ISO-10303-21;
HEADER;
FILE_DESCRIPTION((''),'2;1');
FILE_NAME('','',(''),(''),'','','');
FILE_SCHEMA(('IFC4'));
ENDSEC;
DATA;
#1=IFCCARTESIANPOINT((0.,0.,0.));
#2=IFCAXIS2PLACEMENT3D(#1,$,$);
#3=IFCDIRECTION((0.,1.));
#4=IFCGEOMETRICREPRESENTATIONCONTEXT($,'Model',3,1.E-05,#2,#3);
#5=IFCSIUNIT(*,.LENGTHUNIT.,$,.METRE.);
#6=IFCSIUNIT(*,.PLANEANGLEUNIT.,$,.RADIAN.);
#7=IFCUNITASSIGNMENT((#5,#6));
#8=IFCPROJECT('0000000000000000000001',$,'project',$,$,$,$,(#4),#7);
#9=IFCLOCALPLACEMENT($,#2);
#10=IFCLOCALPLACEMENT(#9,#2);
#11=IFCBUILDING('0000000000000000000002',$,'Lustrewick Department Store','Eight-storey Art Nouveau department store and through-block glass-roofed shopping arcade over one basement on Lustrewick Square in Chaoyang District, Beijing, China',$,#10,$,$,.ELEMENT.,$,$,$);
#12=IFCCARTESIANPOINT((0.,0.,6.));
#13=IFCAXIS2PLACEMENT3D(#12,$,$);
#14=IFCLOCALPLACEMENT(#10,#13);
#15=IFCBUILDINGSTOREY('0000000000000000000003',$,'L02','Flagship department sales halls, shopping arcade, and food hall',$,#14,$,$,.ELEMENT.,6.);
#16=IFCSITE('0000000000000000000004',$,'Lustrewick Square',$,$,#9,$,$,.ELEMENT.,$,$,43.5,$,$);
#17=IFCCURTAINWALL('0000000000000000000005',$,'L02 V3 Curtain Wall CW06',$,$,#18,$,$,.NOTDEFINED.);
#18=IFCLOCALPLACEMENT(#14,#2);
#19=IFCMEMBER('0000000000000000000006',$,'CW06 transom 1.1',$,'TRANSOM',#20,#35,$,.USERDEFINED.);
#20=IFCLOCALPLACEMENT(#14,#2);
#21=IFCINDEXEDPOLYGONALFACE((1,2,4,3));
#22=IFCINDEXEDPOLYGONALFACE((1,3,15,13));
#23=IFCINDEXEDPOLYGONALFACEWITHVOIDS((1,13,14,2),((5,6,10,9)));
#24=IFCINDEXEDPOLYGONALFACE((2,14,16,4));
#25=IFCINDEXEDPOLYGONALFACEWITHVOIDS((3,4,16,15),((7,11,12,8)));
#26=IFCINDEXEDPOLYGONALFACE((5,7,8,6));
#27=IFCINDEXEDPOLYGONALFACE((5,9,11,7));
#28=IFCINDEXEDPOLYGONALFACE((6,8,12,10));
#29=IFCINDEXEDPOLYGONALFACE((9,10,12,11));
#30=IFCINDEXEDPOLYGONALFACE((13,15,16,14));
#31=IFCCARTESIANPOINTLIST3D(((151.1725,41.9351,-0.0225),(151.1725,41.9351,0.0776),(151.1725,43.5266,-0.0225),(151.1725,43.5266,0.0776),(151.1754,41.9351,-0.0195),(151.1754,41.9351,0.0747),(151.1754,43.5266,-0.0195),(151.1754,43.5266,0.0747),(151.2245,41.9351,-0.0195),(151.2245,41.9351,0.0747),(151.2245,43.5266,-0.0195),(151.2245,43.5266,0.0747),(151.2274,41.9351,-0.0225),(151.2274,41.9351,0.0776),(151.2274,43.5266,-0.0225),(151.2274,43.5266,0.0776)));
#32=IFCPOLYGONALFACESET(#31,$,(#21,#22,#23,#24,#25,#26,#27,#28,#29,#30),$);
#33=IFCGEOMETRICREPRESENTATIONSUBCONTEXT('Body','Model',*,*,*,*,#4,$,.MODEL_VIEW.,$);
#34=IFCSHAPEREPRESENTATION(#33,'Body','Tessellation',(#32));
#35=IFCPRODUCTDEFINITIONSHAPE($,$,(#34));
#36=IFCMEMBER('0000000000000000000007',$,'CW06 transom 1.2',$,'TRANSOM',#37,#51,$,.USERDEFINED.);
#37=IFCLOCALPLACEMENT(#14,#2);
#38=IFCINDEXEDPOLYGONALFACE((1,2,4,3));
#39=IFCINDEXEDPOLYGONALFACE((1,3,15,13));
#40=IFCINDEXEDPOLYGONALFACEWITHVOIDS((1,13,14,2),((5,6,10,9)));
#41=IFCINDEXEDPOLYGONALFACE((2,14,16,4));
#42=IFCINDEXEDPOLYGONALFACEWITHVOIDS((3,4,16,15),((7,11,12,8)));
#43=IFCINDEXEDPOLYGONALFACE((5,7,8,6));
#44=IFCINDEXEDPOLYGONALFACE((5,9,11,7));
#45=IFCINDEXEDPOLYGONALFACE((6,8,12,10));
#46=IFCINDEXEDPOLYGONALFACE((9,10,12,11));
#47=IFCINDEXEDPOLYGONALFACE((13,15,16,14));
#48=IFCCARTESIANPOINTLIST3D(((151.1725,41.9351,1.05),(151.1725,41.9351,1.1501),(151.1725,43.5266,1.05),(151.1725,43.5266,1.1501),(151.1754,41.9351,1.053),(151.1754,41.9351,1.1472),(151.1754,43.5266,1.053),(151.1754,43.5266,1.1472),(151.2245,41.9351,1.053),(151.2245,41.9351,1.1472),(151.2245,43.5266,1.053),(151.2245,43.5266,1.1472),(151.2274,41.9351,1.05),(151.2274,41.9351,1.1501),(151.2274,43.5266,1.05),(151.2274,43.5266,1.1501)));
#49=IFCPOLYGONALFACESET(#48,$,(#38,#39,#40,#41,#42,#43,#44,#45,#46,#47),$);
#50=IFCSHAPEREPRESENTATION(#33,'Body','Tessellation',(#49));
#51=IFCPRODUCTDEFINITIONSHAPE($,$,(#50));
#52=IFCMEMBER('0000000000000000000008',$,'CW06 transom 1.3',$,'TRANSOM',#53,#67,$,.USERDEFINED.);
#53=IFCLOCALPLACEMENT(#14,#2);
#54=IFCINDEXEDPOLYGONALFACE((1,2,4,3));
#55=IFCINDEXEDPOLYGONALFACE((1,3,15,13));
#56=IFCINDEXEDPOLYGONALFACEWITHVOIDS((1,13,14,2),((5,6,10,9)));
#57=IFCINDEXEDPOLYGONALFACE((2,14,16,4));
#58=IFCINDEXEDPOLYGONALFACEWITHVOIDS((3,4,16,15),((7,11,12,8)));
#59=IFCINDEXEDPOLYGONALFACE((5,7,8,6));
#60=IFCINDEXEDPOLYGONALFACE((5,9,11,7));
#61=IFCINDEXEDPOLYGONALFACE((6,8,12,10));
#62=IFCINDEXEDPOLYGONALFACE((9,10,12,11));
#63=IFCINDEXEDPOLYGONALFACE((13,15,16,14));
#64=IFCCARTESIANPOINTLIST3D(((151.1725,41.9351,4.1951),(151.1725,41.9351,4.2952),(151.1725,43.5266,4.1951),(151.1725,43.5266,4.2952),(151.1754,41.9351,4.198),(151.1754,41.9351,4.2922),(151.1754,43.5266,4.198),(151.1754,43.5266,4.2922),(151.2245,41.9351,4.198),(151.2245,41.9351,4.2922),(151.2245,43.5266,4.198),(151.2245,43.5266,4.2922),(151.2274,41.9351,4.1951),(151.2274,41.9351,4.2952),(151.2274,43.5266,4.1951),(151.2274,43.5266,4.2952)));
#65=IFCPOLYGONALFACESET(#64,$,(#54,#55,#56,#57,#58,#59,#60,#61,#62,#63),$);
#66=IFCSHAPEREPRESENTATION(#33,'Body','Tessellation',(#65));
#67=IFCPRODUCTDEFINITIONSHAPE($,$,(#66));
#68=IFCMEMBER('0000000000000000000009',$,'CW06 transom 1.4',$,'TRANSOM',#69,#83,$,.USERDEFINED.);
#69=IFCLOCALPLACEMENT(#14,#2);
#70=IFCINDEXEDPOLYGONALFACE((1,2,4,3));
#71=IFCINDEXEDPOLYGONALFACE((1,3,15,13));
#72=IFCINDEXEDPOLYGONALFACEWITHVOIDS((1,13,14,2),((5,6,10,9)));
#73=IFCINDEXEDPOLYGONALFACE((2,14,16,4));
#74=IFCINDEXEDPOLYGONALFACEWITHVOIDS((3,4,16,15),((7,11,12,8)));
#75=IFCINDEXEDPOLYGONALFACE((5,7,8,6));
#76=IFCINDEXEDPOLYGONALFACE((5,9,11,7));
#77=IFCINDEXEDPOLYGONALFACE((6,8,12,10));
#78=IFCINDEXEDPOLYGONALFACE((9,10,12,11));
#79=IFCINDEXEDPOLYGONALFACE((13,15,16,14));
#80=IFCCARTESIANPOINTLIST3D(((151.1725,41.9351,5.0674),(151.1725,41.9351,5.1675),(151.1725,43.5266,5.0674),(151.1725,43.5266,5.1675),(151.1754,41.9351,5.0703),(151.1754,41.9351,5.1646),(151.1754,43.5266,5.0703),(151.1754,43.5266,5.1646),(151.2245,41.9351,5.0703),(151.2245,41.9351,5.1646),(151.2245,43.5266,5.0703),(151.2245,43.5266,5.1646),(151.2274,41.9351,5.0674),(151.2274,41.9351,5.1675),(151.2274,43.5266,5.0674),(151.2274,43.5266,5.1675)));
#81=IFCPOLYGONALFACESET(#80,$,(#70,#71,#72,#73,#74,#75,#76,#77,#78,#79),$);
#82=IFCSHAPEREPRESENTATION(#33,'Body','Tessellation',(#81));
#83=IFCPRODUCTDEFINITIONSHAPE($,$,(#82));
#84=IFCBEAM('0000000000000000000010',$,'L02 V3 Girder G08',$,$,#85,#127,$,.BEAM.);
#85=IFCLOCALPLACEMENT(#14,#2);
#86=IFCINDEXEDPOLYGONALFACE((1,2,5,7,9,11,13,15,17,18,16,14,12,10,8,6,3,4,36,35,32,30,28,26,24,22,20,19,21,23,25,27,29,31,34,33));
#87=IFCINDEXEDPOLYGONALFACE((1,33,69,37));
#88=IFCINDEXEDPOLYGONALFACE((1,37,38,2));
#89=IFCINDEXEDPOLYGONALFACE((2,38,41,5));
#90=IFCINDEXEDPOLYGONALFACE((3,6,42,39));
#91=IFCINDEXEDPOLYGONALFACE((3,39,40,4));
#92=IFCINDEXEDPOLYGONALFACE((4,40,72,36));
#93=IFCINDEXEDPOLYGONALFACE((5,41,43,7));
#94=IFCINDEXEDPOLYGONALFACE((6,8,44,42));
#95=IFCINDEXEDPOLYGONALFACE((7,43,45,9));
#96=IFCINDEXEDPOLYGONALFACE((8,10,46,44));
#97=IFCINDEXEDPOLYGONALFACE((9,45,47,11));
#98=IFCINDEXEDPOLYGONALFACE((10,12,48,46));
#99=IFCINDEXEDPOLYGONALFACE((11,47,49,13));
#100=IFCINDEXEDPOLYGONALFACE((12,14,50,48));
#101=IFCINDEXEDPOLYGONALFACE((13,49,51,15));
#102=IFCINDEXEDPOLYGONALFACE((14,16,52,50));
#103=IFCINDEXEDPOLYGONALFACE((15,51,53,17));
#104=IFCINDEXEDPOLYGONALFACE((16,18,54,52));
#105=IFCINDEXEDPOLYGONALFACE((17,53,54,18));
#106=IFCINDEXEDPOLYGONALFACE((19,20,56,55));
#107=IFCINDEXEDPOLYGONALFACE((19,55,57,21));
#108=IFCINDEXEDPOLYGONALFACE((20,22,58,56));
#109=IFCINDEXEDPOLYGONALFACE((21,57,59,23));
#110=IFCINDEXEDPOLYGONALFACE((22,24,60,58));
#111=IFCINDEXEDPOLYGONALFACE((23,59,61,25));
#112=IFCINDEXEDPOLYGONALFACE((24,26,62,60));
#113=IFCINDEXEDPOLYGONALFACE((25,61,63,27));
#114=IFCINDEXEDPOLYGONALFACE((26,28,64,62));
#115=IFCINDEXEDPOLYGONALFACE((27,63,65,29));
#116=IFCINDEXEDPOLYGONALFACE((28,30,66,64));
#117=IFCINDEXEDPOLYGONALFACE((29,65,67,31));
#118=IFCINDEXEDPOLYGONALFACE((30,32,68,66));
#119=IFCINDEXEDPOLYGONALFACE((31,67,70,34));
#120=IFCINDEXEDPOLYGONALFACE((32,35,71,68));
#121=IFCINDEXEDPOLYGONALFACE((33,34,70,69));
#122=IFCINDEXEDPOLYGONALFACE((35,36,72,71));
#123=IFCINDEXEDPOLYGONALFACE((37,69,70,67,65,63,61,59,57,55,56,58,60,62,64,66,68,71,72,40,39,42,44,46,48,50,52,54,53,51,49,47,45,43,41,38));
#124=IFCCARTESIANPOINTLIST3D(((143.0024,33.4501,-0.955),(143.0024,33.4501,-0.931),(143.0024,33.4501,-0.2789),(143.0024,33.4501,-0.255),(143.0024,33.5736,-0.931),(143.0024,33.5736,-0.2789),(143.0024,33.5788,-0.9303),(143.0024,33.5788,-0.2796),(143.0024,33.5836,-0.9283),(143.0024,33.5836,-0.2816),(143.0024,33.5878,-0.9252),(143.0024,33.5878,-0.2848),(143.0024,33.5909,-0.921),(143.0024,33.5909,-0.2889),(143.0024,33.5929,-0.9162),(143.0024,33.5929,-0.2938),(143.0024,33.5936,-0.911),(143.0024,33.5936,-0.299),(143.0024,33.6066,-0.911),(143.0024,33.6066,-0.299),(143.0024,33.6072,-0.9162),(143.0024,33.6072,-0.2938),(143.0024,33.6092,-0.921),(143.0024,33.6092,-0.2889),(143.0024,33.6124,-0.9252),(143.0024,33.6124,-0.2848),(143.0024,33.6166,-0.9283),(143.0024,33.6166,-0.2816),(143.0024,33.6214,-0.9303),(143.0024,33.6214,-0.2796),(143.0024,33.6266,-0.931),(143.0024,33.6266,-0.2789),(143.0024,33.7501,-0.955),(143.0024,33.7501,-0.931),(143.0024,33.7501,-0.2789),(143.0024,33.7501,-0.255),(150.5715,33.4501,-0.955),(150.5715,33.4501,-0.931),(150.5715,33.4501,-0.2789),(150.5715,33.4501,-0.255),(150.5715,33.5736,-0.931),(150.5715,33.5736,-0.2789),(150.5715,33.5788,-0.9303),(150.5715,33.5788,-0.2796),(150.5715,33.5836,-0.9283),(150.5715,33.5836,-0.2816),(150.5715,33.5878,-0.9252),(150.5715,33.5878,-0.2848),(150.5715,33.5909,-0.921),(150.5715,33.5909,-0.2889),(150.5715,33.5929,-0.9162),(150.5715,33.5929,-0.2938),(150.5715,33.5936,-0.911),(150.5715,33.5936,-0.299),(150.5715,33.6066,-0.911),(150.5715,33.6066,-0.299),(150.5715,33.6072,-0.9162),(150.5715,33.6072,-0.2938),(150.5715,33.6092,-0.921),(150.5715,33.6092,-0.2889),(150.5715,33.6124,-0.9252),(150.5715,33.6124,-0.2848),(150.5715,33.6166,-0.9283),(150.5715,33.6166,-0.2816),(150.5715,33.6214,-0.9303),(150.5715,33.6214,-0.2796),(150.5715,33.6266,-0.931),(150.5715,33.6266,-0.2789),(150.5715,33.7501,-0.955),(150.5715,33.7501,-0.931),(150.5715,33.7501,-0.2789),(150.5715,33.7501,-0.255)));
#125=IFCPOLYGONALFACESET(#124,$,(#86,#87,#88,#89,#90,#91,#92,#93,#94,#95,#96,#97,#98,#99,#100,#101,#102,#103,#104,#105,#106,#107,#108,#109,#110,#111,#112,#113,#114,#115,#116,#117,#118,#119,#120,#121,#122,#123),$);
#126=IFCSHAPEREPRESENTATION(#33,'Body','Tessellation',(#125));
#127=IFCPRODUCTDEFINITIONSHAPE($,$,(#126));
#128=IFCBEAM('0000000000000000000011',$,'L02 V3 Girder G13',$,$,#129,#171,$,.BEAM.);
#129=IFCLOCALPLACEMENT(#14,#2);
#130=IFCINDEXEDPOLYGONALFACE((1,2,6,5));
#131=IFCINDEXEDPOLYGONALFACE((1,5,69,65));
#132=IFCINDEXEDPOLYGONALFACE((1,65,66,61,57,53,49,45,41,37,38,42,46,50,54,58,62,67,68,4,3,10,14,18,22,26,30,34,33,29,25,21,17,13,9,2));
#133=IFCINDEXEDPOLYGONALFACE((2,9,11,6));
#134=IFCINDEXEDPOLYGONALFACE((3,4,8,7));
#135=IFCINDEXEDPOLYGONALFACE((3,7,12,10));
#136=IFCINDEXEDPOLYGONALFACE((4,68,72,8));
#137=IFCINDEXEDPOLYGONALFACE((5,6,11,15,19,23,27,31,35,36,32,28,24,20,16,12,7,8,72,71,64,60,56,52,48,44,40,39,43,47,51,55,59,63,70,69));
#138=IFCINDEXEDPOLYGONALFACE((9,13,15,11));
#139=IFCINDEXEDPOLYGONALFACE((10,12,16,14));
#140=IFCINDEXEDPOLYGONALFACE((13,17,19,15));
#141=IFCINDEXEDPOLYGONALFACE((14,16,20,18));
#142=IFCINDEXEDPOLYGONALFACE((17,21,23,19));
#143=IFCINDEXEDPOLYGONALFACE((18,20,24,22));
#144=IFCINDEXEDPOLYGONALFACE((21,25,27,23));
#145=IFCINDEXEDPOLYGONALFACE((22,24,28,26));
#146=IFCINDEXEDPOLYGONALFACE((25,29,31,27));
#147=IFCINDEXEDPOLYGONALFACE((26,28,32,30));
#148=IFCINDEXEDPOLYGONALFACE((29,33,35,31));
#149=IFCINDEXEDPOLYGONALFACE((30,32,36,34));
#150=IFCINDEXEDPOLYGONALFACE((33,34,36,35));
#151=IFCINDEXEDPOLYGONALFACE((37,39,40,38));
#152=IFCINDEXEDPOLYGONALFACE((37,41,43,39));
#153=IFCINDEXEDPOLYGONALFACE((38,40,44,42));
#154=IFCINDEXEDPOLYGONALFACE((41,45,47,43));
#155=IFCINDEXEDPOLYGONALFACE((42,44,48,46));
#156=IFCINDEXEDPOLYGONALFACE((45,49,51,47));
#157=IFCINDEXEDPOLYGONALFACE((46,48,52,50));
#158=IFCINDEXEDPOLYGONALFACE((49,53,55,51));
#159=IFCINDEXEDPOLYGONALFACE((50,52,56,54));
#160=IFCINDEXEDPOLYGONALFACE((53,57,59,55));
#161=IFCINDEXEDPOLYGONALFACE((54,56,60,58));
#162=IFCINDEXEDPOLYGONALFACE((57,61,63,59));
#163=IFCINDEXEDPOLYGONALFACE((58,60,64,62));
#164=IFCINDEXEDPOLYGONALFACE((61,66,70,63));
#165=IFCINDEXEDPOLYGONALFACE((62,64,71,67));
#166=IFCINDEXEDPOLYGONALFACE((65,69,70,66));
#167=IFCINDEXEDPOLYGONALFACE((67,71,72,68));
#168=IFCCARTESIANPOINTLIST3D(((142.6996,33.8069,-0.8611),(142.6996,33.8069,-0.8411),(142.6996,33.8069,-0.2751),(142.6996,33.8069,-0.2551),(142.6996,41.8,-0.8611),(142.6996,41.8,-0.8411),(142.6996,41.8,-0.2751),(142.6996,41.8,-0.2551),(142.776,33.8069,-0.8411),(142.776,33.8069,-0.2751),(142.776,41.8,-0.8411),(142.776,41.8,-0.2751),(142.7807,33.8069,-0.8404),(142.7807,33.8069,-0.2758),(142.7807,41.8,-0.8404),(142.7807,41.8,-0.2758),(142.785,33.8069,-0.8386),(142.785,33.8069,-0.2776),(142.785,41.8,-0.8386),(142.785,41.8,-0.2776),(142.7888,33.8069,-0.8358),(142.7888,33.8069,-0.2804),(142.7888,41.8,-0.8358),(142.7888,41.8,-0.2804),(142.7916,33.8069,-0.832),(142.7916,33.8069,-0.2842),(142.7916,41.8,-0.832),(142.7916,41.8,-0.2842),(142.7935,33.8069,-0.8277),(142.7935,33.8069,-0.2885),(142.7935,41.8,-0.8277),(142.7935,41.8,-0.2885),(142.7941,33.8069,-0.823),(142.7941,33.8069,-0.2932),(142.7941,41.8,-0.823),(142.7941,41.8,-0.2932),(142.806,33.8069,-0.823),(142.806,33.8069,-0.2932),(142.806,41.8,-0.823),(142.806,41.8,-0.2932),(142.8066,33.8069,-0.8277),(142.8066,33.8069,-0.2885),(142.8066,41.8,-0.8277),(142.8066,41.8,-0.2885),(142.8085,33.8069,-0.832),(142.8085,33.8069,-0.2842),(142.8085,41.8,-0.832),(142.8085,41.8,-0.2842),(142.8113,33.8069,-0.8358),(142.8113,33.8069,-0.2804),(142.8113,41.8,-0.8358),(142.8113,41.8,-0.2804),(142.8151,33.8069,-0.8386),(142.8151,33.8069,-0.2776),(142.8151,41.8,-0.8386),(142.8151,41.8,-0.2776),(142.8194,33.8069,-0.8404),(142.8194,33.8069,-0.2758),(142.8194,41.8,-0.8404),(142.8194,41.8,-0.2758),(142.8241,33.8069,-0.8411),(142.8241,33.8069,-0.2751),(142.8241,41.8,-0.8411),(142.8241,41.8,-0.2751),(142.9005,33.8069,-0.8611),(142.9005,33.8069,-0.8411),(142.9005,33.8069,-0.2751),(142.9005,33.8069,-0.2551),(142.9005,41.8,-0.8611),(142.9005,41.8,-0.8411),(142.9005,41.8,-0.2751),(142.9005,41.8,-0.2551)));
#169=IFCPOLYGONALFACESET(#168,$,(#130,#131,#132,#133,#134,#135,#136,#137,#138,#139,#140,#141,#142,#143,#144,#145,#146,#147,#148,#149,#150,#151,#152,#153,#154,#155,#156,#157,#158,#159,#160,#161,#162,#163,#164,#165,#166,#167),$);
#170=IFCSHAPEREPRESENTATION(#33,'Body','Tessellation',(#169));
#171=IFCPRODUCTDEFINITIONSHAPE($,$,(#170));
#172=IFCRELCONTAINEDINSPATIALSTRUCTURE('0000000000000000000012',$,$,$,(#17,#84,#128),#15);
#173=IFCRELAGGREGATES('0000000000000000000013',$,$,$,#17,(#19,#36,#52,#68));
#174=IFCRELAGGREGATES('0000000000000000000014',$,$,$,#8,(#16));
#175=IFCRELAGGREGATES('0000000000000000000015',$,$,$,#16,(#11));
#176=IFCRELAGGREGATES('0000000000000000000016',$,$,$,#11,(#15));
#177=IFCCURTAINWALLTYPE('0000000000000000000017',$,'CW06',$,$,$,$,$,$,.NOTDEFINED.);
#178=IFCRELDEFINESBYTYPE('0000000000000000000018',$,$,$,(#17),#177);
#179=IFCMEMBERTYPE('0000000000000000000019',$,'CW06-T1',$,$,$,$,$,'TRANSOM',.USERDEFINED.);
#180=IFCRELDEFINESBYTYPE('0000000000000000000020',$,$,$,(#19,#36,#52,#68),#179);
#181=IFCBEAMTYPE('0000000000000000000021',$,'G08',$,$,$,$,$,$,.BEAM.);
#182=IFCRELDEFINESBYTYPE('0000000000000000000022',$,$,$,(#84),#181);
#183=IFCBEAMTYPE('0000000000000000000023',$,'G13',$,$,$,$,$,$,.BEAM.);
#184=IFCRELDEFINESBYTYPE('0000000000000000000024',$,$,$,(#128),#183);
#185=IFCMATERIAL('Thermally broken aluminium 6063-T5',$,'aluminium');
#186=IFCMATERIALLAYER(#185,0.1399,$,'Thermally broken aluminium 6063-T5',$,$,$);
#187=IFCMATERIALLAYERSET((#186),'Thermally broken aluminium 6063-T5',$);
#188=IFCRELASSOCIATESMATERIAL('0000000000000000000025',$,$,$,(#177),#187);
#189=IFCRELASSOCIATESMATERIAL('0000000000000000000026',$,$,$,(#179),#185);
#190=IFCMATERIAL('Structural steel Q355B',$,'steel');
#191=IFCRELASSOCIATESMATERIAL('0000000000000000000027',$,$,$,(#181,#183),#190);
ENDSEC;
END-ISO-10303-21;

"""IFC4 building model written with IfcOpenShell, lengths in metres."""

from ifc_helpers import new_model, si_unit, direction, frame, origin, origin_2d, place, context, subcontext, project, spatial, hollow_rectangle, i_section, extrude, material, layer, layer_set, material_profile, profile_set, type_object, element, aggregate, save


model = new_model("IFC4")

# Units and contexts
model_context = context("Model", 3, precision=1e-05, world=origin(), true_north=direction((0.0, 1.0)))
body_context = subcontext(model_context, "Body", "Model", "MODEL_VIEW")
ifc_project = project(units=[si_unit("LENGTHUNIT", "METRE"), si_unit("PLANEANGLEUNIT", "RADIAN")], contexts=[model_context])

# Site, building, storey
site_placement = place(None, origin())
site = spatial("IfcSite", under=ifc_project, at=site_placement, Name="Lustrewick Square", CompositionType="ELEMENT", RefElevation=43.5)
building_placement = place(site_placement, origin())
building = spatial("IfcBuilding", under=site, at=building_placement, Name="Lustrewick Department Store", Description="Eight-storey Art Nouveau department store and through-block glass-roofed shopping arcade over one basement on Lustrewick Square in Chaoyang District, Beijing, China", CompositionType="ELEMENT")
storey_placement = place(building_placement, frame((0.0, 0.0, 6.0)))
storey = spatial("IfcBuildingStorey", under=building, at=storey_placement, Name="L02", Description="Flagship department sales halls, shopping arcade, and food hall", CompositionType="ELEMENT", Elevation=6.0)

# Shared definitions
ifc_material_1 = material(Name="Structural steel Q355B", Category="steel")

# Curtain wall, members
ifc_material_2 = material(Name="Thermally broken aluminium 6063-T5", Category="aluminium")
ifc_layer_1 = layer(ifc_material_2, 0.1399, Name="Thermally broken aluminium 6063-T5")
ifc_layer_set_1 = layer_set([ifc_layer_1], Name="Thermally broken aluminium 6063-T5")
curtain_wall_type_1 = type_object("IfcCurtainWallType", Name="CW06", PredefinedType="NOTDEFINED", material=ifc_layer_set_1)
curtain_wall_1_placement = place(storey_placement, origin())
curtain_wall_1 = element("IfcCurtainWall", 1, at=curtain_wall_1_placement, inside=storey, type_object=curtain_wall_type_1, Name="L02 V3 Curtain Wall CW06", PredefinedType="NOTDEFINED")
ifc_material_profile_1 = material_profile(ifc_material_2, hollow_rectangle(XDim=0.0549, YDim=0.1001, WallThickness=0.0029, at=origin_2d()), Name="ALU-T 55x100x3")
ifc_profile_set_1 = profile_set([ifc_material_profile_1], Name="Thermally broken aluminium 6063-T5")
member_type_1 = type_object("IfcMemberType", Name="CW06-T1", ElementType="TRANSOM", PredefinedType="USERDEFINED", material=ifc_profile_set_1)
member_1_placement = place(storey_placement, frame((151.2, 41.9351, 0.0276), z_axis=(0.0, 1.0, 0.0), x_axis=(-1.0, 0.0, 0.0)))
member_1 = element("IfcMember", 2, at=member_1_placement, type_object=member_type_1, Name="CW06 transom 1.1", ObjectType="TRANSOM", PredefinedType="USERDEFINED", context=body_context, shape_type="SweptSolid", body=[
    extrude(hollow_rectangle(XDim=0.0549, YDim=0.1001, WallThickness=0.0029, at=origin_2d()), origin(), (0.0, 0.0, 1.0), 1.5916),
])
member_2_placement = place(storey_placement, frame((151.2, 41.9351, 1.1001), z_axis=(0.0, 1.0, 0.0), x_axis=(-1.0, 0.0, 0.0)))
member_2 = element("IfcMember", 3, at=member_2_placement, type_object=member_type_1, Name="CW06 transom 1.2", ObjectType="TRANSOM", PredefinedType="USERDEFINED", context=body_context, shape_type="SweptSolid", body=[
    extrude(hollow_rectangle(XDim=0.0549, YDim=0.1001, WallThickness=0.0029, at=origin_2d()), origin(), (0.0, 0.0, 1.0), 1.5916),
])
member_3_placement = place(storey_placement, frame((151.2, 41.9351, 4.2451), z_axis=(0.0, 1.0, 0.0), x_axis=(-1.0, 0.0, 0.0)))
member_3 = element("IfcMember", 4, at=member_3_placement, type_object=member_type_1, Name="CW06 transom 1.3", ObjectType="TRANSOM", PredefinedType="USERDEFINED", context=body_context, shape_type="SweptSolid", body=[
    extrude(hollow_rectangle(XDim=0.0549, YDim=0.1001, WallThickness=0.0029, at=origin_2d()), origin(), (0.0, 0.0, 1.0), 1.5916),
])
member_4_placement = place(storey_placement, frame((151.2, 41.9351, 5.1174), z_axis=(0.0, 1.0, 0.0), x_axis=(-1.0, 0.0, 0.0)))
member_4 = element("IfcMember", 5, at=member_4_placement, type_object=member_type_1, Name="CW06 transom 1.4", ObjectType="TRANSOM", PredefinedType="USERDEFINED", context=body_context, shape_type="SweptSolid", body=[
    extrude(hollow_rectangle(XDim=0.0549, YDim=0.1001, WallThickness=0.0029, at=origin_2d()), origin(), (0.0, 0.0, 1.0), 1.5916),
])
aggregate(curtain_wall_1, [member_1, member_2, member_3, member_4])

# Beams
ifc_material_profile_2 = material_profile(ifc_material_1, i_section(OverallWidth=0.3, OverallDepth=0.7, WebThickness=0.0129, FlangeThickness=0.0239, FilletRadius=0.02, at=origin_2d()), Name="HN 700x300x13x24")
ifc_profile_set_2 = profile_set([ifc_material_profile_2], Name="Structural steel Q355B")
beam_type_1 = type_object("IfcBeamType", Name="G08", PredefinedType="BEAM", material=ifc_profile_set_2)
beam_1_placement = place(storey_placement, frame((143.0024, 33.6001, -0.605), z_axis=(1.0, 0.0, 0.0), x_axis=(0.0, 1.0, 0.0)))
element("IfcBeam", 6, at=beam_1_placement, inside=storey, type_object=beam_type_1, Name="L02 V3 Girder G08", PredefinedType="BEAM", context=body_context, shape_type="SweptSolid", body=[
    extrude(i_section(OverallWidth=0.3, OverallDepth=0.7, WebThickness=0.0129, FlangeThickness=0.0239, FilletRadius=0.02, at=origin_2d()), origin(), (0.0, 0.0, 1.0), 7.5691),
])
ifc_material_profile_3 = material_profile(ifc_material_1, i_section(OverallWidth=0.2009, OverallDepth=0.606, WebThickness=0.012, FlangeThickness=0.02, FilletRadius=0.0181, at=origin_2d()), Name="HN 606x201x12x20")
ifc_profile_set_3 = profile_set([ifc_material_profile_3], Name="Structural steel Q355B")
beam_type_2 = type_object("IfcBeamType", Name="G13", PredefinedType="BEAM", material=ifc_profile_set_3)
beam_2_placement = place(storey_placement, frame((142.8, 33.8069, -0.5581), z_axis=(0.0, 1.0, 0.0), x_axis=(-1.0, 0.0, 0.0)))
element("IfcBeam", 7, at=beam_2_placement, inside=storey, type_object=beam_type_2, Name="L02 V3 Girder G13", PredefinedType="BEAM", context=body_context, shape_type="SweptSolid", body=[
    extrude(i_section(OverallWidth=0.2009, OverallDepth=0.606, WebThickness=0.012, FlangeThickness=0.02, FilletRadius=0.0181, at=origin_2d()), origin(), (0.0, 0.0, 1.0), 7.9932),
])

save(model, "model.ifc")
